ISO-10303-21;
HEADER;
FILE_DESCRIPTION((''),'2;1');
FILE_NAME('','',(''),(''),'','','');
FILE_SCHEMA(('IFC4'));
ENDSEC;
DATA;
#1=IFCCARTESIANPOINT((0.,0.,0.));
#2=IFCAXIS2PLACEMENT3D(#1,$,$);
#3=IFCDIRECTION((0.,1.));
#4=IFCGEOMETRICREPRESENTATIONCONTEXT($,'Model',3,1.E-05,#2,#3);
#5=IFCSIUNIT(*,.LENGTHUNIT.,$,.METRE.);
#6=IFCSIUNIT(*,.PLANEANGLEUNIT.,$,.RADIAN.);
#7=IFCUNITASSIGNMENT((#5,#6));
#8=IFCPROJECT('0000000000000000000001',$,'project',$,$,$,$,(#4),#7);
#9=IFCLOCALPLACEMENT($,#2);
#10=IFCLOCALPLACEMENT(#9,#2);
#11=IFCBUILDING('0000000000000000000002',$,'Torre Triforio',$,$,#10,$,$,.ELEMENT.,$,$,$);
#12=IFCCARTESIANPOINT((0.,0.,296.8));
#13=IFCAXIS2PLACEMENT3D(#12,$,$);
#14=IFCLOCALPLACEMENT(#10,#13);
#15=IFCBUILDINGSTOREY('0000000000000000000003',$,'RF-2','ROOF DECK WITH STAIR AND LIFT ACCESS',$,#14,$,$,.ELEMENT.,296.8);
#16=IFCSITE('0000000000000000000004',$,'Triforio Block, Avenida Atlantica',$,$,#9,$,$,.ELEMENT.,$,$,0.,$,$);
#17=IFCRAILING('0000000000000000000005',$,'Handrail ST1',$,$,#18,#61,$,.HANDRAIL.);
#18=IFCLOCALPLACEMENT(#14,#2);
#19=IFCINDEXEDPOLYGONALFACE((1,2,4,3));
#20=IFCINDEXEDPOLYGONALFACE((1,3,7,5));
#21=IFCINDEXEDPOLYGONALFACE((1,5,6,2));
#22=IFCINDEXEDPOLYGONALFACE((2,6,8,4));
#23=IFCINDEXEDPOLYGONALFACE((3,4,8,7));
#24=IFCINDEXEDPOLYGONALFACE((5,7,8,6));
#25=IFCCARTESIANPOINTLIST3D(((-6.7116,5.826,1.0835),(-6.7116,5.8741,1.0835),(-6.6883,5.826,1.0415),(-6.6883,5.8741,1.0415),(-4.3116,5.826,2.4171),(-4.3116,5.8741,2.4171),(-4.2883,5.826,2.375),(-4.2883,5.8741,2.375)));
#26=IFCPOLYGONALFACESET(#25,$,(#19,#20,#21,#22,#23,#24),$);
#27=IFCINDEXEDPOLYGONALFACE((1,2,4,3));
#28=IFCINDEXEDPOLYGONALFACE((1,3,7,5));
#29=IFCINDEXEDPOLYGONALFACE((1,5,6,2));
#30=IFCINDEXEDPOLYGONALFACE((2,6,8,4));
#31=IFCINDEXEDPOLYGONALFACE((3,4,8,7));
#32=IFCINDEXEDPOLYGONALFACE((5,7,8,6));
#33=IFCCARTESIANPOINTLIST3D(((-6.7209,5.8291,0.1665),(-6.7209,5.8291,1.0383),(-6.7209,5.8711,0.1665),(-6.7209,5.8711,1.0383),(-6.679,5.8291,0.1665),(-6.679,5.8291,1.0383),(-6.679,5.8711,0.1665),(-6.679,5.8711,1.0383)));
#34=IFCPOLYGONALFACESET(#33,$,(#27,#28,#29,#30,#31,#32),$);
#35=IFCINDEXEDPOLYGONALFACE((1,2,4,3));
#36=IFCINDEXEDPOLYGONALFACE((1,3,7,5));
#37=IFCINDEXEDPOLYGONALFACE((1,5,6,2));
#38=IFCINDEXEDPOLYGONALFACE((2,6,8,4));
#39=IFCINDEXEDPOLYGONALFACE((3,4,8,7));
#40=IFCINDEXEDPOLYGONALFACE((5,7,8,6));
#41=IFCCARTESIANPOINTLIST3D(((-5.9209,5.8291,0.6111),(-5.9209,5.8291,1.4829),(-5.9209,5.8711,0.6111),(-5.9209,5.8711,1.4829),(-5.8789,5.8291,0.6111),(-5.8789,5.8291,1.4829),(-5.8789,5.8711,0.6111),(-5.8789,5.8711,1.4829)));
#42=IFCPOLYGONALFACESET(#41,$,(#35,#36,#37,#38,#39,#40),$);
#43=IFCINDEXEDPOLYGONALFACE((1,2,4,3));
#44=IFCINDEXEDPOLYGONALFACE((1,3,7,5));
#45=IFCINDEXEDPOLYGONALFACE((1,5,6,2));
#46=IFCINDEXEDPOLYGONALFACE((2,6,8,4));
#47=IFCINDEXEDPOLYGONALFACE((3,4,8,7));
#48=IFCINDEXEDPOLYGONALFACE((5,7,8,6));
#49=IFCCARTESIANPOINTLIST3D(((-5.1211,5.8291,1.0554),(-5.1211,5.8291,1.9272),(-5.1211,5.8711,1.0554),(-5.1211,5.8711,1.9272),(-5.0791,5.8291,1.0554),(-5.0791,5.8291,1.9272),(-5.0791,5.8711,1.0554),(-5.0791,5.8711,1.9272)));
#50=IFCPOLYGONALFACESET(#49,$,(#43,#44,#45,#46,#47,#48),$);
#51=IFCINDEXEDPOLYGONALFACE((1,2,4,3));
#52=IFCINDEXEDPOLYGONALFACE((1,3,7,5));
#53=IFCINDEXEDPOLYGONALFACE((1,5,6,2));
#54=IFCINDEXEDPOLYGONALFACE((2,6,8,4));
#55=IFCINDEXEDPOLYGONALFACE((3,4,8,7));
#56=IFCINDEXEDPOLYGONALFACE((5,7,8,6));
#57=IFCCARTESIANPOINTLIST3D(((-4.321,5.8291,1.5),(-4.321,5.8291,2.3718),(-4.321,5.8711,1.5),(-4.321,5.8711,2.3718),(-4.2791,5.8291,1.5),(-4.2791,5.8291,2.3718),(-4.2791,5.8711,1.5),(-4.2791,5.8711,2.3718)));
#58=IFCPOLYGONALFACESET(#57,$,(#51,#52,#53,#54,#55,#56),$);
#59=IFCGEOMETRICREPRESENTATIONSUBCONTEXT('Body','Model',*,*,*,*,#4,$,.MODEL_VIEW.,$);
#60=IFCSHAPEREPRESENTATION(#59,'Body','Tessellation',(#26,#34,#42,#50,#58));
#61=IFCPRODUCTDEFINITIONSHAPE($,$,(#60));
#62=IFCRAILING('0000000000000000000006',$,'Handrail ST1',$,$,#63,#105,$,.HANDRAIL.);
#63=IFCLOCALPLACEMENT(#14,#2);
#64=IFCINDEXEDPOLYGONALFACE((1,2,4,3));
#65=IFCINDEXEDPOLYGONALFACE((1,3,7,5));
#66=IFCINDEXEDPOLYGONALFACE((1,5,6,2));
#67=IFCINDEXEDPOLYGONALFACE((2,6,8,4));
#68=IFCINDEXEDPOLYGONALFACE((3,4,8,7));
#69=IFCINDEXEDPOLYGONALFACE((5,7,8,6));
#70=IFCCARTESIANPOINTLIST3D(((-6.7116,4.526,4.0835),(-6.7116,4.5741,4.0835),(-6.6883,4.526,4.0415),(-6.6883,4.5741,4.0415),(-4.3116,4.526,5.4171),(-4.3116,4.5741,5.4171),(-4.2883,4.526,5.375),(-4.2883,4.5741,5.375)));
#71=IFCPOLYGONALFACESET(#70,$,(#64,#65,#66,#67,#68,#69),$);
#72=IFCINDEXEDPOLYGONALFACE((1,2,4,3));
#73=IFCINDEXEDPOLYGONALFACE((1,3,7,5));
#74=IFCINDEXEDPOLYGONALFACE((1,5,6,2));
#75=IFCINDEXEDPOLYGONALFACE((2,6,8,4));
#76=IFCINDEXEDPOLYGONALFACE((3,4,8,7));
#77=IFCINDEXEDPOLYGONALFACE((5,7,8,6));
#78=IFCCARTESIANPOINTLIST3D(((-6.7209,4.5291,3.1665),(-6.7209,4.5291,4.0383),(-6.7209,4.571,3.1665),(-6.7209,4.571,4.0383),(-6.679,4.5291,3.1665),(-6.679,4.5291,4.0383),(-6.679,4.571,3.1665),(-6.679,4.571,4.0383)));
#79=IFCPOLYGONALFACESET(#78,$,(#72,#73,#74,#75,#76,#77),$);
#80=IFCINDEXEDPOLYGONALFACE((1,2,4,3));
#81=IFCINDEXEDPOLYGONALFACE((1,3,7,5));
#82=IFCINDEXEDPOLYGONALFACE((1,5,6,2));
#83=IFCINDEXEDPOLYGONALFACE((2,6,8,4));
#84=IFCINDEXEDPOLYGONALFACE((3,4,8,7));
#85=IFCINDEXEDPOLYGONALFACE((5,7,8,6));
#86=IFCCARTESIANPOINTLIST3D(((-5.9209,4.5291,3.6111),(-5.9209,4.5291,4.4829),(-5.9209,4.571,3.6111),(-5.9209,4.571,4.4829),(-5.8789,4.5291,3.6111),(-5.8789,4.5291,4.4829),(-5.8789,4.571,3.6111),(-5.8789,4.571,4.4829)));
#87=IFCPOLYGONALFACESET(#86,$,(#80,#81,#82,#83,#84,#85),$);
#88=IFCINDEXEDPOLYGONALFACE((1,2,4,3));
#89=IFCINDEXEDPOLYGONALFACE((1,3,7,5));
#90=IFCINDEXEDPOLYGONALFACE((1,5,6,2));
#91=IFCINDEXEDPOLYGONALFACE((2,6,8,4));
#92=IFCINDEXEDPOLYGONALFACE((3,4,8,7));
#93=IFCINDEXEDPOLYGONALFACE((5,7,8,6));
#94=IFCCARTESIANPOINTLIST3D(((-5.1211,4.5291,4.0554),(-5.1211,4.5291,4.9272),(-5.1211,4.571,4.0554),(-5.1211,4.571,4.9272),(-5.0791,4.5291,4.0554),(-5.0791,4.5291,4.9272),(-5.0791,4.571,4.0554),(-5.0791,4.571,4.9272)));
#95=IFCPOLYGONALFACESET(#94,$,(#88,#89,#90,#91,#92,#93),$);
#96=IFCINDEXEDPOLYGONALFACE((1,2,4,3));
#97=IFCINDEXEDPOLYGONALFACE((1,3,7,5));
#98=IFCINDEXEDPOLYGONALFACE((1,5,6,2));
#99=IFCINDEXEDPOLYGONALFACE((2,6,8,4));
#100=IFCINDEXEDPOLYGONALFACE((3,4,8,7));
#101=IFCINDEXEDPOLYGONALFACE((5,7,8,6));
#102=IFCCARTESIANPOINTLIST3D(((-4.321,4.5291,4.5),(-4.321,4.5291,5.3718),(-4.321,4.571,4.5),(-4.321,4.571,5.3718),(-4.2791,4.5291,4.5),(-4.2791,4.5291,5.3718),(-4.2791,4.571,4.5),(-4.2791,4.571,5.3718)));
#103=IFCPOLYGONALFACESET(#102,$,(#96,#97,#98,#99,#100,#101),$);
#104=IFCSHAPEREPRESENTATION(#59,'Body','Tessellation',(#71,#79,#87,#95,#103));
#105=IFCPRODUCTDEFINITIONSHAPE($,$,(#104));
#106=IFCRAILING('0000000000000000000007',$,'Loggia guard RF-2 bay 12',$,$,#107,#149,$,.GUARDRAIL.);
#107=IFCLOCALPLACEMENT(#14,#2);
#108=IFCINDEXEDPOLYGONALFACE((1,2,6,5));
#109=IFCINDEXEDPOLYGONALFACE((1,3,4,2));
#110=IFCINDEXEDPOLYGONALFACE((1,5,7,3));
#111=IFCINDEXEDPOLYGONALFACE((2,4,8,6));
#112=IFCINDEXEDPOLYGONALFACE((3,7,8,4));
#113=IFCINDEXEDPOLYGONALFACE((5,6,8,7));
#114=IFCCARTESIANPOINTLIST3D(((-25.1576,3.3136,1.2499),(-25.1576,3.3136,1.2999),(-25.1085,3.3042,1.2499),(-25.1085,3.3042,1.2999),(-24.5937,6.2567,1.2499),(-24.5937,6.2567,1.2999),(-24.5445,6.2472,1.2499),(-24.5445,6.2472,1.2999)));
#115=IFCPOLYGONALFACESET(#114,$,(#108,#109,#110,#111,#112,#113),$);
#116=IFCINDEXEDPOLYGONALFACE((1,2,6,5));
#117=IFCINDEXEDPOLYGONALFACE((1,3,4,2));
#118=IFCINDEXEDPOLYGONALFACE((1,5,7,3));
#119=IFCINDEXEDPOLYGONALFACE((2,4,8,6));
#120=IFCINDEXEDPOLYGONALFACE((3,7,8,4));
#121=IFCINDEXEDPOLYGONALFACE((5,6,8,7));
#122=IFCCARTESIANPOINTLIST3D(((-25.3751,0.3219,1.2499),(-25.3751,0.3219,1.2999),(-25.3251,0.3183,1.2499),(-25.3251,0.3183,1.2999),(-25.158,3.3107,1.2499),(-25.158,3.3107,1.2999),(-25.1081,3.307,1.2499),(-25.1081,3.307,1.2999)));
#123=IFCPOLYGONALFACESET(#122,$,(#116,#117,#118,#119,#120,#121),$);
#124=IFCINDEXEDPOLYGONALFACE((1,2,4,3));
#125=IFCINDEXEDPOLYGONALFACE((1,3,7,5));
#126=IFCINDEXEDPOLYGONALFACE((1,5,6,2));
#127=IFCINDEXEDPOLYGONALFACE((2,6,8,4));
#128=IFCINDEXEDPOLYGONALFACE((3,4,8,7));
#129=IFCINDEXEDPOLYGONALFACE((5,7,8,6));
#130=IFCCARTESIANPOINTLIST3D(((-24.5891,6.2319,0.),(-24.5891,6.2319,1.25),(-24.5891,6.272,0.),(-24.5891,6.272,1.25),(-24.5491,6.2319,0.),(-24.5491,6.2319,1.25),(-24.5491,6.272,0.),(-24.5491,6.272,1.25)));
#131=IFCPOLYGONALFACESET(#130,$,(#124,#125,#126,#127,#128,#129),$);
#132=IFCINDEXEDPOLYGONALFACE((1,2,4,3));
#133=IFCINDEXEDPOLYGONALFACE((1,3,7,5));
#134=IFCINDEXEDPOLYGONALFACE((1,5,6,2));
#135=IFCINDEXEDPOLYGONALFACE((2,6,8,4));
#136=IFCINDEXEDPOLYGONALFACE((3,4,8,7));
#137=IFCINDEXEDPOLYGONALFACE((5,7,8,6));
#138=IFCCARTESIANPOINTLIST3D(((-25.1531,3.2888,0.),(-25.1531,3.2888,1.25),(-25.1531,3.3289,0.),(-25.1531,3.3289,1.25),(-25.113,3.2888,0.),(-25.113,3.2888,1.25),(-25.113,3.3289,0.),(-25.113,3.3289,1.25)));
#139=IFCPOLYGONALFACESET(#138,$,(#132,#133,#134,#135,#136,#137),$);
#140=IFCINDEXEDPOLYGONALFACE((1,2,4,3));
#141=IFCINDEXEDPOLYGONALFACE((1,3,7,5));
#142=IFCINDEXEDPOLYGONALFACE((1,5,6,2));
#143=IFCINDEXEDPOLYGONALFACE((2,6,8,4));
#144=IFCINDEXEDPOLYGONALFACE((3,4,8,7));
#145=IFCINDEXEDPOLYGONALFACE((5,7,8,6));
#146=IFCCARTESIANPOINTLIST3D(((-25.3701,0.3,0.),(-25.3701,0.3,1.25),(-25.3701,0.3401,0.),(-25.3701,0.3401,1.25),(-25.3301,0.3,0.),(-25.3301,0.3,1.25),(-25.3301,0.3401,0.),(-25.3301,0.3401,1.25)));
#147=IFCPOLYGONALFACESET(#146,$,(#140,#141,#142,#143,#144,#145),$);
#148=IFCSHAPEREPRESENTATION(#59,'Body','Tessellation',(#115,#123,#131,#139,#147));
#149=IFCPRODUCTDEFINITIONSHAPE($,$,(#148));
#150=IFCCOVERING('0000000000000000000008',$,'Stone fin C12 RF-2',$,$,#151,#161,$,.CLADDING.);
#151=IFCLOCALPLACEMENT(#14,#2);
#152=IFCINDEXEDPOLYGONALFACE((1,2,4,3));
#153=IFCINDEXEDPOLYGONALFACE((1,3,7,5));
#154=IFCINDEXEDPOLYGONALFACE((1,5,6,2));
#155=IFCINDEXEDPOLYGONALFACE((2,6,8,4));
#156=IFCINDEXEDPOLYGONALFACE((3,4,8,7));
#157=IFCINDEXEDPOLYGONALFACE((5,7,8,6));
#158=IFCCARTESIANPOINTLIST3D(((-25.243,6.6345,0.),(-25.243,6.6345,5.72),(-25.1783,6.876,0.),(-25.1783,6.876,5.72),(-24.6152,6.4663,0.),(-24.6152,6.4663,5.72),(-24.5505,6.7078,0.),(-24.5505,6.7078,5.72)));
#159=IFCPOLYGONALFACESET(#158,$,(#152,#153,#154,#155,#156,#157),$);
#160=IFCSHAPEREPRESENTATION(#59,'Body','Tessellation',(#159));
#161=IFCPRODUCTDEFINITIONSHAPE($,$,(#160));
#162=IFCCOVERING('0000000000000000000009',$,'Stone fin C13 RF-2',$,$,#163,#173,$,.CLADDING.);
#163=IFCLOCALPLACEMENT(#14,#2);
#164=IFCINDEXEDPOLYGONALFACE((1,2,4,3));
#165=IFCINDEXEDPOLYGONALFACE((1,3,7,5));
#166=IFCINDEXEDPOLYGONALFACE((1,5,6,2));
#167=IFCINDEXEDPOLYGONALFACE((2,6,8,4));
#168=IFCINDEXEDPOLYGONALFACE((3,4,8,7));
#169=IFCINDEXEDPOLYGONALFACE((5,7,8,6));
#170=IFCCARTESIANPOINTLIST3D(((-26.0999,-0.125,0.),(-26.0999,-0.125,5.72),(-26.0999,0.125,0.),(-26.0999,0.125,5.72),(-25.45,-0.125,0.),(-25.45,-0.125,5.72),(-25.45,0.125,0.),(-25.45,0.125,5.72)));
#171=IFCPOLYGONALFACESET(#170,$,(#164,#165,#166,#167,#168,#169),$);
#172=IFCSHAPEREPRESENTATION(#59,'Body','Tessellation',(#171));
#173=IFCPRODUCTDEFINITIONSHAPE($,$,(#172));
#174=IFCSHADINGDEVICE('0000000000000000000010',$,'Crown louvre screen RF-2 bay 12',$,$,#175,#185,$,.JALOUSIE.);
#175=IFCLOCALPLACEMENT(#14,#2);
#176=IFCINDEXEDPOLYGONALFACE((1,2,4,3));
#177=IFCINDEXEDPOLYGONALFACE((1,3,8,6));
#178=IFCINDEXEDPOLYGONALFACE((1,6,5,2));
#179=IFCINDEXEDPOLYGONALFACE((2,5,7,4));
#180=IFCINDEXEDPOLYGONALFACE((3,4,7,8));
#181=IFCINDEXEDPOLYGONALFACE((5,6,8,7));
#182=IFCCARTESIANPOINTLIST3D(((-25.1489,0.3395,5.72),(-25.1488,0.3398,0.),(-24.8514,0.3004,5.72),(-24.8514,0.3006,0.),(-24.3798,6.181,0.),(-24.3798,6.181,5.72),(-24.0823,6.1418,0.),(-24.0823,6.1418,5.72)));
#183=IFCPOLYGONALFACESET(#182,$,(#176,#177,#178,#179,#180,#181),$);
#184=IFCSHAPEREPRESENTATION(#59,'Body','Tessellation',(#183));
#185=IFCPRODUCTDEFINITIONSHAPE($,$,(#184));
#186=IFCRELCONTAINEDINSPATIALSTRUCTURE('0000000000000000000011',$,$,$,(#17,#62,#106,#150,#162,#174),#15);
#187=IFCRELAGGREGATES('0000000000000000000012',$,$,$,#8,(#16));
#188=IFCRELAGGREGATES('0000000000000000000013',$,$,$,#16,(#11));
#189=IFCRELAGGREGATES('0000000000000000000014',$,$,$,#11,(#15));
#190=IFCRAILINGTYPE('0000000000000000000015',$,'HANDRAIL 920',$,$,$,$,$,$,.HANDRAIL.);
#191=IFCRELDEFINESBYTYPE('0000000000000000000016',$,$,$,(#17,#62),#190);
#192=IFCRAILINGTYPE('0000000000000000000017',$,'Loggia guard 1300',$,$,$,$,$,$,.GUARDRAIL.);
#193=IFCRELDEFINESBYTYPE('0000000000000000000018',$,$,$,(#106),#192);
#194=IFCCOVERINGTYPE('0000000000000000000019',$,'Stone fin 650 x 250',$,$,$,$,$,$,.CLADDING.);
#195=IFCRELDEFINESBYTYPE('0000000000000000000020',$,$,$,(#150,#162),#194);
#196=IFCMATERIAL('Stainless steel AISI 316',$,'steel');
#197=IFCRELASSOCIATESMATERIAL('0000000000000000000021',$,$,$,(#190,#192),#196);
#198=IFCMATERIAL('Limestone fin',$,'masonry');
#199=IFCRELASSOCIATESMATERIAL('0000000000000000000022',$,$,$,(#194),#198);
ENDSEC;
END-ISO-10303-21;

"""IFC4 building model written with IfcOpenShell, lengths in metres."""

from ifc_helpers import new_model, si_unit, direction, frame, origin, origin_2d, place, context, subcontext, project, spatial, polyline, rectangle, outline, extrude, material, material_profile, profile_set, type_object, element, save


model = new_model("IFC4")

# Units and contexts
model_context = context("Model", 3, precision=1e-05, world=origin(), true_north=direction((0.0, 1.0)))
body_context = subcontext(model_context, "Body", "Model", "MODEL_VIEW")
ifc_project = project(units=[si_unit("LENGTHUNIT", "METRE"), si_unit("PLANEANGLEUNIT", "RADIAN")], contexts=[model_context])

# Site, building, storey
site_placement = place(None, origin())
site = spatial("IfcSite", under=ifc_project, at=site_placement, Name="Triforio Block, Avenida Atlantica", CompositionType="ELEMENT", RefElevation=0.0)
building_placement = place(site_placement, origin())
building = spatial("IfcBuilding", under=site, at=building_placement, Name="Torre Triforio", CompositionType="ELEMENT")
storey_placement = place(building_placement, frame((0.0, 0.0, 296.8)))
storey = spatial("IfcBuildingStorey", under=building, at=storey_placement, Name="RF-2", Description="ROOF DECK WITH STAIR AND LIFT ACCESS", CompositionType="ELEMENT", Elevation=296.8)

# Railings
ifc_material_1 = material(Name="Stainless steel AISI 316", Category="steel")
railing_type_1 = type_object("IfcRailingType", Name="HANDRAIL 920", PredefinedType="HANDRAIL", material=ifc_material_1)
for number, where, name in (
    (1, (-6.7, 5.8501, 0.1665), "Handrail ST1"),
    (2, (-6.7, 4.55, 3.1665), "Handrail ST1"),
):
    element("IfcRailing", number, at=place(storey_placement, frame(where)), inside=storey, type_object=railing_type_1, Name=name, PredefinedType="HANDRAIL", context=body_context, shape_type="SweptSolid", body=[
        extrude(rectangle(XDim=0.0481, YDim=0.0481, at=origin_2d()), frame((0.0, 0.0, 0.896), z_axis=(0.874124, 0.0, 0.485703), x_axis=(0.0, 1.0, 0.0)), (0.0, 0.0, 1.0), 2.7456),
        extrude(rectangle(XDim=0.042, YDim=0.042, at=origin_2d()), origin(), (0.0, 0.0, 1.0), 0.8718),
        extrude(rectangle(XDim=0.042, YDim=0.042, at=origin_2d()), frame((0.8, 0.0, 0.4446)), (0.0, 0.0, 1.0), 0.8718),
        extrude(rectangle(XDim=0.042, YDim=0.042, at=origin_2d()), frame((1.5999, 0.0, 0.8889)), (0.0, 0.0, 1.0), 0.8718),
        extrude(rectangle(XDim=0.042, YDim=0.042, at=origin_2d()), frame((2.3999, 0.0, 1.3335)), (0.0, 0.0, 1.0), 0.8718),
    ])
railing_type_2 = type_object("IfcRailingType", Name="Loggia guard 1300", PredefinedType="GUARDRAIL", material=ifc_material_1)
railing_1_placement = place(storey_placement, frame((-24.5691, 6.252, 0.0)))
element("IfcRailing", 3, at=railing_1_placement, inside=storey, type_object=railing_type_2, Name="Loggia guard RF-2 bay 12", PredefinedType="GUARDRAIL", context=body_context, shape_type="SweptSolid", body=[
    extrude(rectangle(XDim=0.05, YDim=0.05, at=origin_2d()), frame((0.0, 0.0, 1.2749), z_axis=(-0.188198, -0.982131, 0.0), x_axis=(0.982131, -0.188198, 0.0)), (0.0, 0.0, 1.0), 2.9966),
    extrude(rectangle(XDim=0.05, YDim=0.05, at=origin_2d()), frame((-0.564, -2.9431, 1.2749), z_axis=(-0.072428, -0.997374, 0.0), x_axis=(0.997374, -0.072428, 0.0)), (0.0, 0.0, 1.0), 2.9966),
    extrude(rectangle(XDim=0.04, YDim=0.04, at=origin_2d()), origin(), (0.0, 0.0, 1.0), 1.25),
    extrude(rectangle(XDim=0.04, YDim=0.04, at=origin_2d()), frame((-0.564, -2.9431, 0.0)), (0.0, 0.0, 1.0), 1.25),
    extrude(rectangle(XDim=0.04, YDim=0.04, at=origin_2d()), frame((-0.781, -5.9319, 0.0)), (0.0, 0.0, 1.0), 1.25),
])

# Coverings
ifc_material_2 = material(Name="Limestone fin", Category="masonry")
ifc_material_profile_1 = material_profile(ifc_material_2, rectangle(XDim=0.6499, YDim=0.25, at=origin_2d()), Name="FIN 650x250")
ifc_profile_set_1 = profile_set([ifc_material_profile_1], Name="Limestone fin")
covering_type = type_object("IfcCoveringType", Name="Stone fin 650 x 250", PredefinedType="CLADDING", material=ifc_profile_set_1)
for number, where, z_axis, x_axis, name in (
    (4, (-24.8967, 6.6711, 0.0), (0.0, 0.0, 1.0), (-0.965926, 0.258819, 0.0), "Stone fin C12 RF-2"),
    (5, (-25.7749, 0.0, 0.0), (0.0, 0.0, 1.0), (-1.0, 0.0, 0.0), "Stone fin C13 RF-2"),
):
    element("IfcCovering", number, at=place(storey_placement, frame(where, z_axis=z_axis, x_axis=x_axis)), inside=storey, type_object=covering_type, Name=name, PredefinedType="CLADDING", context=body_context, shape_type="SweptSolid", body=[
        extrude(rectangle(XDim=0.6499, YDim=0.25, at=origin_2d()), origin(), (0.0, 0.0, 1.0), 5.72),
    ])

# Shading device
shading_device_placement = place(storey_placement, frame((-24.231, 6.1614, 0.0), z_axis=(0.0, 0.0, 1.0), x_axis=(-0.13053, -0.991444, 0.0)))
element("IfcShadingDevice", 6, at=shading_device_placement, inside=storey, Name="Crown louvre screen RF-2 bay 12", PredefinedType="JALOUSIE", context=body_context, shape_type="SweptSolid", body=[
    extrude(outline(polyline([(0.0, 0.0), (5.8916, 0.0), (5.8918, 5.72), (0.0, 5.72), (0.0, 0.0)])), frame((0.0, 0.1499, 0.0), z_axis=(0.0, -1.0, 0.0), x_axis=(1.0, 0.0, 0.0)), (0.0, 0.0, 1.0), 0.3),
])

save(model, "model.ifc")
